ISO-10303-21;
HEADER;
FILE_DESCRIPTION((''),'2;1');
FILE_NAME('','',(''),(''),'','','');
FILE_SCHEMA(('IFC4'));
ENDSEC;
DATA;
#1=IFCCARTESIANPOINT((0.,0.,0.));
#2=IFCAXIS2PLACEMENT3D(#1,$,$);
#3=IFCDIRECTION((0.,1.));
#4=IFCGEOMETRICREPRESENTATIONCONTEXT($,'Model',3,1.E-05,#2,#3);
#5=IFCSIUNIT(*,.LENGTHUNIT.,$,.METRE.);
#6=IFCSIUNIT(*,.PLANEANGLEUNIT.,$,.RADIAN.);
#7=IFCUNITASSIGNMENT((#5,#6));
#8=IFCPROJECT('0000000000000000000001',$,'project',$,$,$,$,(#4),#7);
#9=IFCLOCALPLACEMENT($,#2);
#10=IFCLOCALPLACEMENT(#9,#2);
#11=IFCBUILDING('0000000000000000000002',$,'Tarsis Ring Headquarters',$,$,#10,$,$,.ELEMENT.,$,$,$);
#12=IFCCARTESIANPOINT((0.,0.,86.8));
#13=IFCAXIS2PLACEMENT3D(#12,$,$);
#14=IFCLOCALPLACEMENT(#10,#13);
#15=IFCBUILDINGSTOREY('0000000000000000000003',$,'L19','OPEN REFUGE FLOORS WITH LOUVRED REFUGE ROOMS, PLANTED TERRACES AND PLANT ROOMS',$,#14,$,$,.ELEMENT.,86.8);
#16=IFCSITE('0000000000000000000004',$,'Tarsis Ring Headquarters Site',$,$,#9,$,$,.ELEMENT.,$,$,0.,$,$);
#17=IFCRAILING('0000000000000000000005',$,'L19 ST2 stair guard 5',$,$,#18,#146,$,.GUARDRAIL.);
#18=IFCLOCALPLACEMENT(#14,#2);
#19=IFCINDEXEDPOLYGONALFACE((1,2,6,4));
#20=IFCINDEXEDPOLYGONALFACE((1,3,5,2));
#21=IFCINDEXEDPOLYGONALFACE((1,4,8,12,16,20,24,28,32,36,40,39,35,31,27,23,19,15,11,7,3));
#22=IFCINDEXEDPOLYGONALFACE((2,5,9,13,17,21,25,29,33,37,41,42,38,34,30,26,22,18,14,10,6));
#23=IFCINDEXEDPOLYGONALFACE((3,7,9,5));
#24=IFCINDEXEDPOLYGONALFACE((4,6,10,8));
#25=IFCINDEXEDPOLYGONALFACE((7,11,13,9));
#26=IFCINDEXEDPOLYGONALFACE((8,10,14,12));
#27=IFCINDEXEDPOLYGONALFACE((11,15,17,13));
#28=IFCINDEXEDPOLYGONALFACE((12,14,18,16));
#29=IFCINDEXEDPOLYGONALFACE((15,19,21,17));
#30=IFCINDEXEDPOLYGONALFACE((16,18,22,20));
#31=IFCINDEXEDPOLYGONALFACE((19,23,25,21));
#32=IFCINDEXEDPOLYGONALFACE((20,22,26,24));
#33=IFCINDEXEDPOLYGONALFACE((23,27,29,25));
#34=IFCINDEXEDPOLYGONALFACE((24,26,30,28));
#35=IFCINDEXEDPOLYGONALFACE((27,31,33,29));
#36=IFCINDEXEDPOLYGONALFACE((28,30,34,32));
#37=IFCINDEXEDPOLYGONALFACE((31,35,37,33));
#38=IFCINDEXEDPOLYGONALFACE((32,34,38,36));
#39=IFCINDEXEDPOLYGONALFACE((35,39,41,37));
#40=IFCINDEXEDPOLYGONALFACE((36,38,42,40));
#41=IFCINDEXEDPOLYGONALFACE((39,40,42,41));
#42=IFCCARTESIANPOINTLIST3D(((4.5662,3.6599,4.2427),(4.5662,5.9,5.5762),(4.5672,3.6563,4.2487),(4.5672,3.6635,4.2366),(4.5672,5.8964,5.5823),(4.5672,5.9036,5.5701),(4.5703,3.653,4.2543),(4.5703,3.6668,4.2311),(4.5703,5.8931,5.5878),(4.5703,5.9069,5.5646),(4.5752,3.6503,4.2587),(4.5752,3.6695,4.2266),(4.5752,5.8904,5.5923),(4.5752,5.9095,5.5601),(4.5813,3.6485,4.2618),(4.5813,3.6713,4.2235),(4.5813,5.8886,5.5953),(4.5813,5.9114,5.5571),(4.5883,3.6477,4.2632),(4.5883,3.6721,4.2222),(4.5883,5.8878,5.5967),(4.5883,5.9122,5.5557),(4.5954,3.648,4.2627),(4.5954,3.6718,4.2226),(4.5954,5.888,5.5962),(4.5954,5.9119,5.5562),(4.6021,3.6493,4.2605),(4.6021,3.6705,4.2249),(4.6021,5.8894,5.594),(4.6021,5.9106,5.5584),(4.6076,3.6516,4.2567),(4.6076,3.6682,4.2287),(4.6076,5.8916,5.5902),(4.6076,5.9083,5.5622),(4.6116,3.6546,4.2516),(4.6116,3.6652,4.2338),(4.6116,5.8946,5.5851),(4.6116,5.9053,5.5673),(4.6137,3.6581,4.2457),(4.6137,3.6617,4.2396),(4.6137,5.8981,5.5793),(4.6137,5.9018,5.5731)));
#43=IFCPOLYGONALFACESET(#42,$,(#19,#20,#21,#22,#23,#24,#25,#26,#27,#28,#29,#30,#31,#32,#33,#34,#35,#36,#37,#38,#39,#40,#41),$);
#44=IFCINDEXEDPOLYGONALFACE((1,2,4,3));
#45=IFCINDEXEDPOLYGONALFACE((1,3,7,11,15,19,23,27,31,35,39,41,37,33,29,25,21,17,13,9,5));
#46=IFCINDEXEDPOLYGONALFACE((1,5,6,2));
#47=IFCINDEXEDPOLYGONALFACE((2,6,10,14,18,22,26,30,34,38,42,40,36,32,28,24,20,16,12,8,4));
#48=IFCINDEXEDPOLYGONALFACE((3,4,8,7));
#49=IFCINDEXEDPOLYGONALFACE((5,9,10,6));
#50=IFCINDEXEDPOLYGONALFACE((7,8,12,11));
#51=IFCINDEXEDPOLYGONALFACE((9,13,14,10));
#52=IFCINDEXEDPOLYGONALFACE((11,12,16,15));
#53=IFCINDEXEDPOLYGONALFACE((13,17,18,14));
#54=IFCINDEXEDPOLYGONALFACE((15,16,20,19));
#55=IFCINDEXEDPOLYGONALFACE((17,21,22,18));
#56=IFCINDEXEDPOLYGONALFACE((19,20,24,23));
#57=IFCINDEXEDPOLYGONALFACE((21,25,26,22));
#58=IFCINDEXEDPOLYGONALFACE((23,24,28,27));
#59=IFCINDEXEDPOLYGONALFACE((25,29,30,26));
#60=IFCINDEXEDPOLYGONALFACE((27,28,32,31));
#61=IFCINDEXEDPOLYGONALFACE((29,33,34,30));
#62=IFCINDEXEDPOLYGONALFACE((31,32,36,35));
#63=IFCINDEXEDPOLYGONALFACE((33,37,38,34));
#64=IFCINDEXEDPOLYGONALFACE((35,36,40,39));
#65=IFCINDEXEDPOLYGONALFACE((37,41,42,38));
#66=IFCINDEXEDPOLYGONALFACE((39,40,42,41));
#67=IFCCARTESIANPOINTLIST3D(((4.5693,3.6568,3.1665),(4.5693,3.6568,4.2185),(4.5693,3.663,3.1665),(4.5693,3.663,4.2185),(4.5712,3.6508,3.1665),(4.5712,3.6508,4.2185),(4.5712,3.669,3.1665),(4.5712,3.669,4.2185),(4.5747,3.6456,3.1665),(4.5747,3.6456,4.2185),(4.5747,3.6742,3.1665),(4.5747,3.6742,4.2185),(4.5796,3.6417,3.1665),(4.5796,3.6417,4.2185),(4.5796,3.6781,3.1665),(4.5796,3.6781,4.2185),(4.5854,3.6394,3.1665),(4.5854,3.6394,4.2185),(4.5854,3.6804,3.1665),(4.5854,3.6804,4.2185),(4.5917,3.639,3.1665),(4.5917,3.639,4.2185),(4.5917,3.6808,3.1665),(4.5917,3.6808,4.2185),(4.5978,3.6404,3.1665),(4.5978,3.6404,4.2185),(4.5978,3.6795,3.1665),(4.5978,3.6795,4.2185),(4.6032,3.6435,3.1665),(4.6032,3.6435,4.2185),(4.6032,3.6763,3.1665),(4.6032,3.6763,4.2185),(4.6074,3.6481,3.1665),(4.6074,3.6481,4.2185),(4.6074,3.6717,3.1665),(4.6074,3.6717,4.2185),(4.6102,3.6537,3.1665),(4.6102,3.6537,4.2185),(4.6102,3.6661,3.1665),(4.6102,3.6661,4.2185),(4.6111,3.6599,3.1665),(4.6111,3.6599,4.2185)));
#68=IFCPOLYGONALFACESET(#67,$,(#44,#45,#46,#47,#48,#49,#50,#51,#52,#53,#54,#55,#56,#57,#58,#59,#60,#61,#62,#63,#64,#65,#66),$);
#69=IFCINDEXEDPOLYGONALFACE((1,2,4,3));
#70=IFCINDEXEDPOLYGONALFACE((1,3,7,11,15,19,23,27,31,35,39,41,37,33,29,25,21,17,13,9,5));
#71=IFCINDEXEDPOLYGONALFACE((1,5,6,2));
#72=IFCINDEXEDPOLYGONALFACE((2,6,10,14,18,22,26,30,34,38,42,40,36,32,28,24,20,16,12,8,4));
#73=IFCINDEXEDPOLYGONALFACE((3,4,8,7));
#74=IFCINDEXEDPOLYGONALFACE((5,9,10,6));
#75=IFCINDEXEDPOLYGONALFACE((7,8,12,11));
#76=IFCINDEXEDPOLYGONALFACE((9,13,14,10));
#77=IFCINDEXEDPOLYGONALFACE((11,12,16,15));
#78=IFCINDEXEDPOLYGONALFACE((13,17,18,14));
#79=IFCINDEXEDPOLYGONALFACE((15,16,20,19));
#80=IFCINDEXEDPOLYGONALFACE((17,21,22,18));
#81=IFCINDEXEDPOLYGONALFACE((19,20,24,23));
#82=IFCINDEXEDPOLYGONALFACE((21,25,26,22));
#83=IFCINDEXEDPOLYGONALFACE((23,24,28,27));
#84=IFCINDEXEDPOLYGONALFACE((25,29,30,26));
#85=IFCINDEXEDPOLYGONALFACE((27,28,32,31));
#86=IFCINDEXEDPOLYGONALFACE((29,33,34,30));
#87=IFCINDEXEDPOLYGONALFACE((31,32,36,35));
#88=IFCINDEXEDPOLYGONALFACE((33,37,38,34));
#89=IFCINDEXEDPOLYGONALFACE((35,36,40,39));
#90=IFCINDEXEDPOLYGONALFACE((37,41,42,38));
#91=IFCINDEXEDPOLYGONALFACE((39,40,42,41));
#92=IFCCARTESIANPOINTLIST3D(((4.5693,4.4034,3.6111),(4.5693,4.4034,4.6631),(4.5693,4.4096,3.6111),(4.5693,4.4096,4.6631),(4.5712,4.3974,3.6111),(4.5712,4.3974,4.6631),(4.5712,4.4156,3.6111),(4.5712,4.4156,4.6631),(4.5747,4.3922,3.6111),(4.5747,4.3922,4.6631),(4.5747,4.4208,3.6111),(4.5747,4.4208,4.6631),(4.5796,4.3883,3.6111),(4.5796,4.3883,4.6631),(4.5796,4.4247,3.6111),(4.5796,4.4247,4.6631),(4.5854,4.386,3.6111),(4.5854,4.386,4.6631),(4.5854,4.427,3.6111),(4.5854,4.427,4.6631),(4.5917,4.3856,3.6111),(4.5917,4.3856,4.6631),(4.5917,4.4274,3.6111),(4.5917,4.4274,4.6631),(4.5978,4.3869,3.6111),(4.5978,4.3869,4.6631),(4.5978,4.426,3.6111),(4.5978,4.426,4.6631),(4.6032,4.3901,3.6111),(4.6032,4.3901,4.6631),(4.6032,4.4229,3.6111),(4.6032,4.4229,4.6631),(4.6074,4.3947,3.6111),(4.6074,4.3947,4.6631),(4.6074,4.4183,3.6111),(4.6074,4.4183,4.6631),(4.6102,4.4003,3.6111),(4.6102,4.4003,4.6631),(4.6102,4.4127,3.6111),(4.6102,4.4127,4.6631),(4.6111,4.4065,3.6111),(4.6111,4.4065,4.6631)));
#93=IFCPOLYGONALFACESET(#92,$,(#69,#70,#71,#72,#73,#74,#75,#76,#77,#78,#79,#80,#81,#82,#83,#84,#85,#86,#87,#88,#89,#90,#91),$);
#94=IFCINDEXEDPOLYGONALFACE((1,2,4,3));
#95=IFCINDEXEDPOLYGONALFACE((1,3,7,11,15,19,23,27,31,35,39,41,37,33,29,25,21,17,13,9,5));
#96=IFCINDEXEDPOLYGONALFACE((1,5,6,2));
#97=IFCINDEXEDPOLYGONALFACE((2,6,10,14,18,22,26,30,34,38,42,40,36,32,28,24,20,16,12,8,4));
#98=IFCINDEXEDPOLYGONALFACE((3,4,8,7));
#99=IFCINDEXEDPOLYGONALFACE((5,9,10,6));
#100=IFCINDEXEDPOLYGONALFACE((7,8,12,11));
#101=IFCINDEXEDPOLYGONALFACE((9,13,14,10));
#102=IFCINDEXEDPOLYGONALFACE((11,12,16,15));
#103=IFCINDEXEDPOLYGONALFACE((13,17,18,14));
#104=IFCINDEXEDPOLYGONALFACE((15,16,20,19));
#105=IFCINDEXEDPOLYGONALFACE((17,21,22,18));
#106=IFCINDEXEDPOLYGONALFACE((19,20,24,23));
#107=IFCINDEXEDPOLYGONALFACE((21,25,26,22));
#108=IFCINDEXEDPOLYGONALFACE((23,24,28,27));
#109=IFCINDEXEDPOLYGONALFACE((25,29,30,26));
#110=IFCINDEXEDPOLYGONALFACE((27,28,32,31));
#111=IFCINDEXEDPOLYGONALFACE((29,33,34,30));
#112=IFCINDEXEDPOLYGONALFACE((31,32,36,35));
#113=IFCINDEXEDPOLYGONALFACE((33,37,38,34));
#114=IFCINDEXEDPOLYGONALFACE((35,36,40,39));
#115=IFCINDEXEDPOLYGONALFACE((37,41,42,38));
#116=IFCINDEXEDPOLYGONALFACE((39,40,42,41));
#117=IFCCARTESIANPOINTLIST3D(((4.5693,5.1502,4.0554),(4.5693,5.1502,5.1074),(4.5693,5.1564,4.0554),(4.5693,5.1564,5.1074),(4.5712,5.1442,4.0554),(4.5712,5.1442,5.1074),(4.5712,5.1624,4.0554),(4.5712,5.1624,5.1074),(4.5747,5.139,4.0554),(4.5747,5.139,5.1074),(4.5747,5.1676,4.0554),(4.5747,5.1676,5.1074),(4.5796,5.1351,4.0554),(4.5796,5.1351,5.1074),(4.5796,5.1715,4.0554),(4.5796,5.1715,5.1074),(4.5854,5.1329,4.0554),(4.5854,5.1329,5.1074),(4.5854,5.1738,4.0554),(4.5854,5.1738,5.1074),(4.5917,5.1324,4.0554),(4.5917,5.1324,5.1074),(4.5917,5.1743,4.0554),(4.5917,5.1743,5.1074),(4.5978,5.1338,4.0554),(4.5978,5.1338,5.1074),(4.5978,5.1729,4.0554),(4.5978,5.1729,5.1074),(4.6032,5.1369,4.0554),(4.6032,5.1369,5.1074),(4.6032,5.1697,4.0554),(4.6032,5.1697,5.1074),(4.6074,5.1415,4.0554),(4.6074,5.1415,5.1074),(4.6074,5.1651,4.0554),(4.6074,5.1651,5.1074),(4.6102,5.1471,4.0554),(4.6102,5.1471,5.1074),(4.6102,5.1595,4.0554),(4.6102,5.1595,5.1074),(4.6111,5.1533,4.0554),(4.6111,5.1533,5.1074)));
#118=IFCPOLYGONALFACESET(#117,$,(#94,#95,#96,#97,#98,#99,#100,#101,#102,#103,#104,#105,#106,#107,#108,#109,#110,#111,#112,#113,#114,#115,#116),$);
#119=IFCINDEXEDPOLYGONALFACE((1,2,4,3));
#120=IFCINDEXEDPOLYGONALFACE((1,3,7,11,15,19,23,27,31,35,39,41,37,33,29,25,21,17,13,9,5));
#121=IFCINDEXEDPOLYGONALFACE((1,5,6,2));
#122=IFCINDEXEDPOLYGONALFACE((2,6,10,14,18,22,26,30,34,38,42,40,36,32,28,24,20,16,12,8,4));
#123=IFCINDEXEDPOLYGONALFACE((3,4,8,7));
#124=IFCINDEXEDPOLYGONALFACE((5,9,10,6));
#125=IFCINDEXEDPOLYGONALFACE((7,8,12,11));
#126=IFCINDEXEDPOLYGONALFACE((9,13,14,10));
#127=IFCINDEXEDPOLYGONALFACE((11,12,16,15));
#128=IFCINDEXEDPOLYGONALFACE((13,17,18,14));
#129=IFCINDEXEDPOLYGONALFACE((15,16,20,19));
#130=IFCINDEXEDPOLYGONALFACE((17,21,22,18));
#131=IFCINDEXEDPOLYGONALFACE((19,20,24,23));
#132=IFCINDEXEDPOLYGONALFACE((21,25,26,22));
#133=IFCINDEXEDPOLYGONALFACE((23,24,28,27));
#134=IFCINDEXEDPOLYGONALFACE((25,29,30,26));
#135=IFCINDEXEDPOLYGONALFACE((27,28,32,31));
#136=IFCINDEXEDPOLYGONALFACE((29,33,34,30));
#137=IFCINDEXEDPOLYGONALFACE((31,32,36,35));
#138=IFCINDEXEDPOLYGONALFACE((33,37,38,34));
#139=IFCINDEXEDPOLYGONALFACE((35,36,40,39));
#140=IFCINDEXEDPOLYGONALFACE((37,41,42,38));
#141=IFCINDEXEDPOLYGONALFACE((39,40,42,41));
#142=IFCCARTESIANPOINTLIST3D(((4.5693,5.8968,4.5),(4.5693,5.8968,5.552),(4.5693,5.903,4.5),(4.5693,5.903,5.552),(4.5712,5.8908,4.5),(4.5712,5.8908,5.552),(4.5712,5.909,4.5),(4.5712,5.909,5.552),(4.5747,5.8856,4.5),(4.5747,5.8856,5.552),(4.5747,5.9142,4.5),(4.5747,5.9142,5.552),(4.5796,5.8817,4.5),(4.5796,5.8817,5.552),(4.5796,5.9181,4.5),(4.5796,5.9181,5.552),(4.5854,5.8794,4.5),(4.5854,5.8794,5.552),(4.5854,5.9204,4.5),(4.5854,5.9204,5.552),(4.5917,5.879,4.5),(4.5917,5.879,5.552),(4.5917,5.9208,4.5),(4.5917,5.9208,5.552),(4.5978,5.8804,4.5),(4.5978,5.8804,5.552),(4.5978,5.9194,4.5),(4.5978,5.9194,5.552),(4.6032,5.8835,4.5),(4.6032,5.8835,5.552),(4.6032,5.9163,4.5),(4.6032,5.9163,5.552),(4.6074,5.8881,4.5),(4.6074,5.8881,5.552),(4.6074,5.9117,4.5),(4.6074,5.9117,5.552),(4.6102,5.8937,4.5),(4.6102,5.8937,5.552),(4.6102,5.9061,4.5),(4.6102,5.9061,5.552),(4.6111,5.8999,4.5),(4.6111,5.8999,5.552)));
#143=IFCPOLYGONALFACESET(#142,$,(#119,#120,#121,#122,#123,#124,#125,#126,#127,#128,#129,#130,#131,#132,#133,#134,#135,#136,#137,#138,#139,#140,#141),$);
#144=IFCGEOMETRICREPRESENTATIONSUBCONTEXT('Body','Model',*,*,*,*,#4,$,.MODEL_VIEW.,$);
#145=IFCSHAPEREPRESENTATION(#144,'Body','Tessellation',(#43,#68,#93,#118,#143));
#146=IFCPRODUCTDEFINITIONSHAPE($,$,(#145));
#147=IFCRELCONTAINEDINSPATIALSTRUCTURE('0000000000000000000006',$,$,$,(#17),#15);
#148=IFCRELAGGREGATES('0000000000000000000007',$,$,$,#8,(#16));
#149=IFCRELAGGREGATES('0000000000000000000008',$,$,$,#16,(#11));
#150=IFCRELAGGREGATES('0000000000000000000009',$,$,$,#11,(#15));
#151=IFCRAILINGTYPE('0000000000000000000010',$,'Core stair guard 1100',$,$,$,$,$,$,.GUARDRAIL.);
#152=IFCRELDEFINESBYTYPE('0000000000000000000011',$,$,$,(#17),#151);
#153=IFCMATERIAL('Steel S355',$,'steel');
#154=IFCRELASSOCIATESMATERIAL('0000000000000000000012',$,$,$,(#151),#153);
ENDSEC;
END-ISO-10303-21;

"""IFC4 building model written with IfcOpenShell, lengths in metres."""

from ifc_helpers import new_model, si_unit, direction, frame, origin, origin_2d, place, context, subcontext, project, spatial, circle, extrude, material, type_object, element, save


model = new_model("IFC4")

# Units and contexts
model_context = context("Model", 3, precision=1e-05, world=origin(), true_north=direction((0.0, 1.0)))
body_context = subcontext(model_context, "Body", "Model", "MODEL_VIEW")
ifc_project = project(units=[si_unit("LENGTHUNIT", "METRE"), si_unit("PLANEANGLEUNIT", "RADIAN")], contexts=[model_context])

# Site, building, storey
site_placement = place(None, origin())
site = spatial("IfcSite", under=ifc_project, at=site_placement, Name="Tarsis Ring Headquarters Site", CompositionType="ELEMENT", RefElevation=0.0)
building_placement = place(site_placement, origin())
building = spatial("IfcBuilding", under=site, at=building_placement, Name="Tarsis Ring Headquarters", CompositionType="ELEMENT")
storey_placement = place(building_placement, frame((0.0, 0.0, 86.8)))
storey = spatial("IfcBuildingStorey", under=building, at=storey_placement, Name="L19", Description="OPEN REFUGE FLOORS WITH LOUVRED REFUGE ROOMS, PLANTED TERRACES AND PLANT ROOMS", CompositionType="ELEMENT", Elevation=86.8)

# Railing
ifc_material_1 = material(Name="Steel S355", Category="steel")
railing_type_1 = type_object("IfcRailingType", Name="Core stair guard 1100", PredefinedType="GUARDRAIL", material=ifc_material_1)
railing_1_placement = place(storey_placement, frame((4.5901, 3.6599, 3.1665)))
element("IfcRailing", 1, at=railing_1_placement, inside=storey, type_object=railing_type_1, Name="L19 ST2 stair guard 5", PredefinedType="GUARDRAIL", context=body_context, shape_type="SweptSolid", body=[
    extrude(circle(Radius=0.0239, at=origin_2d()), frame((0.0, 0.0, 1.0762), z_axis=(0.0, 0.859264, 0.511532), x_axis=(-1.0, 0.0, 0.0)), (0.0, 0.0, 1.0), 2.6069),
    extrude(circle(Radius=0.021, at=origin_2d()), origin(), (0.0, 0.0, 1.0), 1.052),
    extrude(circle(Radius=0.021, at=origin_2d()), frame((0.0, 0.7466, 0.4446)), (0.0, 0.0, 1.0), 1.052),
    extrude(circle(Radius=0.021, at=origin_2d()), frame((0.0, 1.4934, 0.8889)), (0.0, 0.0, 1.0), 1.052),
    extrude(circle(Radius=0.021, at=origin_2d()), frame((0.0, 2.24, 1.3335)), (0.0, 0.0, 1.0), 1.052),
])

save(model, "model.ifc")
